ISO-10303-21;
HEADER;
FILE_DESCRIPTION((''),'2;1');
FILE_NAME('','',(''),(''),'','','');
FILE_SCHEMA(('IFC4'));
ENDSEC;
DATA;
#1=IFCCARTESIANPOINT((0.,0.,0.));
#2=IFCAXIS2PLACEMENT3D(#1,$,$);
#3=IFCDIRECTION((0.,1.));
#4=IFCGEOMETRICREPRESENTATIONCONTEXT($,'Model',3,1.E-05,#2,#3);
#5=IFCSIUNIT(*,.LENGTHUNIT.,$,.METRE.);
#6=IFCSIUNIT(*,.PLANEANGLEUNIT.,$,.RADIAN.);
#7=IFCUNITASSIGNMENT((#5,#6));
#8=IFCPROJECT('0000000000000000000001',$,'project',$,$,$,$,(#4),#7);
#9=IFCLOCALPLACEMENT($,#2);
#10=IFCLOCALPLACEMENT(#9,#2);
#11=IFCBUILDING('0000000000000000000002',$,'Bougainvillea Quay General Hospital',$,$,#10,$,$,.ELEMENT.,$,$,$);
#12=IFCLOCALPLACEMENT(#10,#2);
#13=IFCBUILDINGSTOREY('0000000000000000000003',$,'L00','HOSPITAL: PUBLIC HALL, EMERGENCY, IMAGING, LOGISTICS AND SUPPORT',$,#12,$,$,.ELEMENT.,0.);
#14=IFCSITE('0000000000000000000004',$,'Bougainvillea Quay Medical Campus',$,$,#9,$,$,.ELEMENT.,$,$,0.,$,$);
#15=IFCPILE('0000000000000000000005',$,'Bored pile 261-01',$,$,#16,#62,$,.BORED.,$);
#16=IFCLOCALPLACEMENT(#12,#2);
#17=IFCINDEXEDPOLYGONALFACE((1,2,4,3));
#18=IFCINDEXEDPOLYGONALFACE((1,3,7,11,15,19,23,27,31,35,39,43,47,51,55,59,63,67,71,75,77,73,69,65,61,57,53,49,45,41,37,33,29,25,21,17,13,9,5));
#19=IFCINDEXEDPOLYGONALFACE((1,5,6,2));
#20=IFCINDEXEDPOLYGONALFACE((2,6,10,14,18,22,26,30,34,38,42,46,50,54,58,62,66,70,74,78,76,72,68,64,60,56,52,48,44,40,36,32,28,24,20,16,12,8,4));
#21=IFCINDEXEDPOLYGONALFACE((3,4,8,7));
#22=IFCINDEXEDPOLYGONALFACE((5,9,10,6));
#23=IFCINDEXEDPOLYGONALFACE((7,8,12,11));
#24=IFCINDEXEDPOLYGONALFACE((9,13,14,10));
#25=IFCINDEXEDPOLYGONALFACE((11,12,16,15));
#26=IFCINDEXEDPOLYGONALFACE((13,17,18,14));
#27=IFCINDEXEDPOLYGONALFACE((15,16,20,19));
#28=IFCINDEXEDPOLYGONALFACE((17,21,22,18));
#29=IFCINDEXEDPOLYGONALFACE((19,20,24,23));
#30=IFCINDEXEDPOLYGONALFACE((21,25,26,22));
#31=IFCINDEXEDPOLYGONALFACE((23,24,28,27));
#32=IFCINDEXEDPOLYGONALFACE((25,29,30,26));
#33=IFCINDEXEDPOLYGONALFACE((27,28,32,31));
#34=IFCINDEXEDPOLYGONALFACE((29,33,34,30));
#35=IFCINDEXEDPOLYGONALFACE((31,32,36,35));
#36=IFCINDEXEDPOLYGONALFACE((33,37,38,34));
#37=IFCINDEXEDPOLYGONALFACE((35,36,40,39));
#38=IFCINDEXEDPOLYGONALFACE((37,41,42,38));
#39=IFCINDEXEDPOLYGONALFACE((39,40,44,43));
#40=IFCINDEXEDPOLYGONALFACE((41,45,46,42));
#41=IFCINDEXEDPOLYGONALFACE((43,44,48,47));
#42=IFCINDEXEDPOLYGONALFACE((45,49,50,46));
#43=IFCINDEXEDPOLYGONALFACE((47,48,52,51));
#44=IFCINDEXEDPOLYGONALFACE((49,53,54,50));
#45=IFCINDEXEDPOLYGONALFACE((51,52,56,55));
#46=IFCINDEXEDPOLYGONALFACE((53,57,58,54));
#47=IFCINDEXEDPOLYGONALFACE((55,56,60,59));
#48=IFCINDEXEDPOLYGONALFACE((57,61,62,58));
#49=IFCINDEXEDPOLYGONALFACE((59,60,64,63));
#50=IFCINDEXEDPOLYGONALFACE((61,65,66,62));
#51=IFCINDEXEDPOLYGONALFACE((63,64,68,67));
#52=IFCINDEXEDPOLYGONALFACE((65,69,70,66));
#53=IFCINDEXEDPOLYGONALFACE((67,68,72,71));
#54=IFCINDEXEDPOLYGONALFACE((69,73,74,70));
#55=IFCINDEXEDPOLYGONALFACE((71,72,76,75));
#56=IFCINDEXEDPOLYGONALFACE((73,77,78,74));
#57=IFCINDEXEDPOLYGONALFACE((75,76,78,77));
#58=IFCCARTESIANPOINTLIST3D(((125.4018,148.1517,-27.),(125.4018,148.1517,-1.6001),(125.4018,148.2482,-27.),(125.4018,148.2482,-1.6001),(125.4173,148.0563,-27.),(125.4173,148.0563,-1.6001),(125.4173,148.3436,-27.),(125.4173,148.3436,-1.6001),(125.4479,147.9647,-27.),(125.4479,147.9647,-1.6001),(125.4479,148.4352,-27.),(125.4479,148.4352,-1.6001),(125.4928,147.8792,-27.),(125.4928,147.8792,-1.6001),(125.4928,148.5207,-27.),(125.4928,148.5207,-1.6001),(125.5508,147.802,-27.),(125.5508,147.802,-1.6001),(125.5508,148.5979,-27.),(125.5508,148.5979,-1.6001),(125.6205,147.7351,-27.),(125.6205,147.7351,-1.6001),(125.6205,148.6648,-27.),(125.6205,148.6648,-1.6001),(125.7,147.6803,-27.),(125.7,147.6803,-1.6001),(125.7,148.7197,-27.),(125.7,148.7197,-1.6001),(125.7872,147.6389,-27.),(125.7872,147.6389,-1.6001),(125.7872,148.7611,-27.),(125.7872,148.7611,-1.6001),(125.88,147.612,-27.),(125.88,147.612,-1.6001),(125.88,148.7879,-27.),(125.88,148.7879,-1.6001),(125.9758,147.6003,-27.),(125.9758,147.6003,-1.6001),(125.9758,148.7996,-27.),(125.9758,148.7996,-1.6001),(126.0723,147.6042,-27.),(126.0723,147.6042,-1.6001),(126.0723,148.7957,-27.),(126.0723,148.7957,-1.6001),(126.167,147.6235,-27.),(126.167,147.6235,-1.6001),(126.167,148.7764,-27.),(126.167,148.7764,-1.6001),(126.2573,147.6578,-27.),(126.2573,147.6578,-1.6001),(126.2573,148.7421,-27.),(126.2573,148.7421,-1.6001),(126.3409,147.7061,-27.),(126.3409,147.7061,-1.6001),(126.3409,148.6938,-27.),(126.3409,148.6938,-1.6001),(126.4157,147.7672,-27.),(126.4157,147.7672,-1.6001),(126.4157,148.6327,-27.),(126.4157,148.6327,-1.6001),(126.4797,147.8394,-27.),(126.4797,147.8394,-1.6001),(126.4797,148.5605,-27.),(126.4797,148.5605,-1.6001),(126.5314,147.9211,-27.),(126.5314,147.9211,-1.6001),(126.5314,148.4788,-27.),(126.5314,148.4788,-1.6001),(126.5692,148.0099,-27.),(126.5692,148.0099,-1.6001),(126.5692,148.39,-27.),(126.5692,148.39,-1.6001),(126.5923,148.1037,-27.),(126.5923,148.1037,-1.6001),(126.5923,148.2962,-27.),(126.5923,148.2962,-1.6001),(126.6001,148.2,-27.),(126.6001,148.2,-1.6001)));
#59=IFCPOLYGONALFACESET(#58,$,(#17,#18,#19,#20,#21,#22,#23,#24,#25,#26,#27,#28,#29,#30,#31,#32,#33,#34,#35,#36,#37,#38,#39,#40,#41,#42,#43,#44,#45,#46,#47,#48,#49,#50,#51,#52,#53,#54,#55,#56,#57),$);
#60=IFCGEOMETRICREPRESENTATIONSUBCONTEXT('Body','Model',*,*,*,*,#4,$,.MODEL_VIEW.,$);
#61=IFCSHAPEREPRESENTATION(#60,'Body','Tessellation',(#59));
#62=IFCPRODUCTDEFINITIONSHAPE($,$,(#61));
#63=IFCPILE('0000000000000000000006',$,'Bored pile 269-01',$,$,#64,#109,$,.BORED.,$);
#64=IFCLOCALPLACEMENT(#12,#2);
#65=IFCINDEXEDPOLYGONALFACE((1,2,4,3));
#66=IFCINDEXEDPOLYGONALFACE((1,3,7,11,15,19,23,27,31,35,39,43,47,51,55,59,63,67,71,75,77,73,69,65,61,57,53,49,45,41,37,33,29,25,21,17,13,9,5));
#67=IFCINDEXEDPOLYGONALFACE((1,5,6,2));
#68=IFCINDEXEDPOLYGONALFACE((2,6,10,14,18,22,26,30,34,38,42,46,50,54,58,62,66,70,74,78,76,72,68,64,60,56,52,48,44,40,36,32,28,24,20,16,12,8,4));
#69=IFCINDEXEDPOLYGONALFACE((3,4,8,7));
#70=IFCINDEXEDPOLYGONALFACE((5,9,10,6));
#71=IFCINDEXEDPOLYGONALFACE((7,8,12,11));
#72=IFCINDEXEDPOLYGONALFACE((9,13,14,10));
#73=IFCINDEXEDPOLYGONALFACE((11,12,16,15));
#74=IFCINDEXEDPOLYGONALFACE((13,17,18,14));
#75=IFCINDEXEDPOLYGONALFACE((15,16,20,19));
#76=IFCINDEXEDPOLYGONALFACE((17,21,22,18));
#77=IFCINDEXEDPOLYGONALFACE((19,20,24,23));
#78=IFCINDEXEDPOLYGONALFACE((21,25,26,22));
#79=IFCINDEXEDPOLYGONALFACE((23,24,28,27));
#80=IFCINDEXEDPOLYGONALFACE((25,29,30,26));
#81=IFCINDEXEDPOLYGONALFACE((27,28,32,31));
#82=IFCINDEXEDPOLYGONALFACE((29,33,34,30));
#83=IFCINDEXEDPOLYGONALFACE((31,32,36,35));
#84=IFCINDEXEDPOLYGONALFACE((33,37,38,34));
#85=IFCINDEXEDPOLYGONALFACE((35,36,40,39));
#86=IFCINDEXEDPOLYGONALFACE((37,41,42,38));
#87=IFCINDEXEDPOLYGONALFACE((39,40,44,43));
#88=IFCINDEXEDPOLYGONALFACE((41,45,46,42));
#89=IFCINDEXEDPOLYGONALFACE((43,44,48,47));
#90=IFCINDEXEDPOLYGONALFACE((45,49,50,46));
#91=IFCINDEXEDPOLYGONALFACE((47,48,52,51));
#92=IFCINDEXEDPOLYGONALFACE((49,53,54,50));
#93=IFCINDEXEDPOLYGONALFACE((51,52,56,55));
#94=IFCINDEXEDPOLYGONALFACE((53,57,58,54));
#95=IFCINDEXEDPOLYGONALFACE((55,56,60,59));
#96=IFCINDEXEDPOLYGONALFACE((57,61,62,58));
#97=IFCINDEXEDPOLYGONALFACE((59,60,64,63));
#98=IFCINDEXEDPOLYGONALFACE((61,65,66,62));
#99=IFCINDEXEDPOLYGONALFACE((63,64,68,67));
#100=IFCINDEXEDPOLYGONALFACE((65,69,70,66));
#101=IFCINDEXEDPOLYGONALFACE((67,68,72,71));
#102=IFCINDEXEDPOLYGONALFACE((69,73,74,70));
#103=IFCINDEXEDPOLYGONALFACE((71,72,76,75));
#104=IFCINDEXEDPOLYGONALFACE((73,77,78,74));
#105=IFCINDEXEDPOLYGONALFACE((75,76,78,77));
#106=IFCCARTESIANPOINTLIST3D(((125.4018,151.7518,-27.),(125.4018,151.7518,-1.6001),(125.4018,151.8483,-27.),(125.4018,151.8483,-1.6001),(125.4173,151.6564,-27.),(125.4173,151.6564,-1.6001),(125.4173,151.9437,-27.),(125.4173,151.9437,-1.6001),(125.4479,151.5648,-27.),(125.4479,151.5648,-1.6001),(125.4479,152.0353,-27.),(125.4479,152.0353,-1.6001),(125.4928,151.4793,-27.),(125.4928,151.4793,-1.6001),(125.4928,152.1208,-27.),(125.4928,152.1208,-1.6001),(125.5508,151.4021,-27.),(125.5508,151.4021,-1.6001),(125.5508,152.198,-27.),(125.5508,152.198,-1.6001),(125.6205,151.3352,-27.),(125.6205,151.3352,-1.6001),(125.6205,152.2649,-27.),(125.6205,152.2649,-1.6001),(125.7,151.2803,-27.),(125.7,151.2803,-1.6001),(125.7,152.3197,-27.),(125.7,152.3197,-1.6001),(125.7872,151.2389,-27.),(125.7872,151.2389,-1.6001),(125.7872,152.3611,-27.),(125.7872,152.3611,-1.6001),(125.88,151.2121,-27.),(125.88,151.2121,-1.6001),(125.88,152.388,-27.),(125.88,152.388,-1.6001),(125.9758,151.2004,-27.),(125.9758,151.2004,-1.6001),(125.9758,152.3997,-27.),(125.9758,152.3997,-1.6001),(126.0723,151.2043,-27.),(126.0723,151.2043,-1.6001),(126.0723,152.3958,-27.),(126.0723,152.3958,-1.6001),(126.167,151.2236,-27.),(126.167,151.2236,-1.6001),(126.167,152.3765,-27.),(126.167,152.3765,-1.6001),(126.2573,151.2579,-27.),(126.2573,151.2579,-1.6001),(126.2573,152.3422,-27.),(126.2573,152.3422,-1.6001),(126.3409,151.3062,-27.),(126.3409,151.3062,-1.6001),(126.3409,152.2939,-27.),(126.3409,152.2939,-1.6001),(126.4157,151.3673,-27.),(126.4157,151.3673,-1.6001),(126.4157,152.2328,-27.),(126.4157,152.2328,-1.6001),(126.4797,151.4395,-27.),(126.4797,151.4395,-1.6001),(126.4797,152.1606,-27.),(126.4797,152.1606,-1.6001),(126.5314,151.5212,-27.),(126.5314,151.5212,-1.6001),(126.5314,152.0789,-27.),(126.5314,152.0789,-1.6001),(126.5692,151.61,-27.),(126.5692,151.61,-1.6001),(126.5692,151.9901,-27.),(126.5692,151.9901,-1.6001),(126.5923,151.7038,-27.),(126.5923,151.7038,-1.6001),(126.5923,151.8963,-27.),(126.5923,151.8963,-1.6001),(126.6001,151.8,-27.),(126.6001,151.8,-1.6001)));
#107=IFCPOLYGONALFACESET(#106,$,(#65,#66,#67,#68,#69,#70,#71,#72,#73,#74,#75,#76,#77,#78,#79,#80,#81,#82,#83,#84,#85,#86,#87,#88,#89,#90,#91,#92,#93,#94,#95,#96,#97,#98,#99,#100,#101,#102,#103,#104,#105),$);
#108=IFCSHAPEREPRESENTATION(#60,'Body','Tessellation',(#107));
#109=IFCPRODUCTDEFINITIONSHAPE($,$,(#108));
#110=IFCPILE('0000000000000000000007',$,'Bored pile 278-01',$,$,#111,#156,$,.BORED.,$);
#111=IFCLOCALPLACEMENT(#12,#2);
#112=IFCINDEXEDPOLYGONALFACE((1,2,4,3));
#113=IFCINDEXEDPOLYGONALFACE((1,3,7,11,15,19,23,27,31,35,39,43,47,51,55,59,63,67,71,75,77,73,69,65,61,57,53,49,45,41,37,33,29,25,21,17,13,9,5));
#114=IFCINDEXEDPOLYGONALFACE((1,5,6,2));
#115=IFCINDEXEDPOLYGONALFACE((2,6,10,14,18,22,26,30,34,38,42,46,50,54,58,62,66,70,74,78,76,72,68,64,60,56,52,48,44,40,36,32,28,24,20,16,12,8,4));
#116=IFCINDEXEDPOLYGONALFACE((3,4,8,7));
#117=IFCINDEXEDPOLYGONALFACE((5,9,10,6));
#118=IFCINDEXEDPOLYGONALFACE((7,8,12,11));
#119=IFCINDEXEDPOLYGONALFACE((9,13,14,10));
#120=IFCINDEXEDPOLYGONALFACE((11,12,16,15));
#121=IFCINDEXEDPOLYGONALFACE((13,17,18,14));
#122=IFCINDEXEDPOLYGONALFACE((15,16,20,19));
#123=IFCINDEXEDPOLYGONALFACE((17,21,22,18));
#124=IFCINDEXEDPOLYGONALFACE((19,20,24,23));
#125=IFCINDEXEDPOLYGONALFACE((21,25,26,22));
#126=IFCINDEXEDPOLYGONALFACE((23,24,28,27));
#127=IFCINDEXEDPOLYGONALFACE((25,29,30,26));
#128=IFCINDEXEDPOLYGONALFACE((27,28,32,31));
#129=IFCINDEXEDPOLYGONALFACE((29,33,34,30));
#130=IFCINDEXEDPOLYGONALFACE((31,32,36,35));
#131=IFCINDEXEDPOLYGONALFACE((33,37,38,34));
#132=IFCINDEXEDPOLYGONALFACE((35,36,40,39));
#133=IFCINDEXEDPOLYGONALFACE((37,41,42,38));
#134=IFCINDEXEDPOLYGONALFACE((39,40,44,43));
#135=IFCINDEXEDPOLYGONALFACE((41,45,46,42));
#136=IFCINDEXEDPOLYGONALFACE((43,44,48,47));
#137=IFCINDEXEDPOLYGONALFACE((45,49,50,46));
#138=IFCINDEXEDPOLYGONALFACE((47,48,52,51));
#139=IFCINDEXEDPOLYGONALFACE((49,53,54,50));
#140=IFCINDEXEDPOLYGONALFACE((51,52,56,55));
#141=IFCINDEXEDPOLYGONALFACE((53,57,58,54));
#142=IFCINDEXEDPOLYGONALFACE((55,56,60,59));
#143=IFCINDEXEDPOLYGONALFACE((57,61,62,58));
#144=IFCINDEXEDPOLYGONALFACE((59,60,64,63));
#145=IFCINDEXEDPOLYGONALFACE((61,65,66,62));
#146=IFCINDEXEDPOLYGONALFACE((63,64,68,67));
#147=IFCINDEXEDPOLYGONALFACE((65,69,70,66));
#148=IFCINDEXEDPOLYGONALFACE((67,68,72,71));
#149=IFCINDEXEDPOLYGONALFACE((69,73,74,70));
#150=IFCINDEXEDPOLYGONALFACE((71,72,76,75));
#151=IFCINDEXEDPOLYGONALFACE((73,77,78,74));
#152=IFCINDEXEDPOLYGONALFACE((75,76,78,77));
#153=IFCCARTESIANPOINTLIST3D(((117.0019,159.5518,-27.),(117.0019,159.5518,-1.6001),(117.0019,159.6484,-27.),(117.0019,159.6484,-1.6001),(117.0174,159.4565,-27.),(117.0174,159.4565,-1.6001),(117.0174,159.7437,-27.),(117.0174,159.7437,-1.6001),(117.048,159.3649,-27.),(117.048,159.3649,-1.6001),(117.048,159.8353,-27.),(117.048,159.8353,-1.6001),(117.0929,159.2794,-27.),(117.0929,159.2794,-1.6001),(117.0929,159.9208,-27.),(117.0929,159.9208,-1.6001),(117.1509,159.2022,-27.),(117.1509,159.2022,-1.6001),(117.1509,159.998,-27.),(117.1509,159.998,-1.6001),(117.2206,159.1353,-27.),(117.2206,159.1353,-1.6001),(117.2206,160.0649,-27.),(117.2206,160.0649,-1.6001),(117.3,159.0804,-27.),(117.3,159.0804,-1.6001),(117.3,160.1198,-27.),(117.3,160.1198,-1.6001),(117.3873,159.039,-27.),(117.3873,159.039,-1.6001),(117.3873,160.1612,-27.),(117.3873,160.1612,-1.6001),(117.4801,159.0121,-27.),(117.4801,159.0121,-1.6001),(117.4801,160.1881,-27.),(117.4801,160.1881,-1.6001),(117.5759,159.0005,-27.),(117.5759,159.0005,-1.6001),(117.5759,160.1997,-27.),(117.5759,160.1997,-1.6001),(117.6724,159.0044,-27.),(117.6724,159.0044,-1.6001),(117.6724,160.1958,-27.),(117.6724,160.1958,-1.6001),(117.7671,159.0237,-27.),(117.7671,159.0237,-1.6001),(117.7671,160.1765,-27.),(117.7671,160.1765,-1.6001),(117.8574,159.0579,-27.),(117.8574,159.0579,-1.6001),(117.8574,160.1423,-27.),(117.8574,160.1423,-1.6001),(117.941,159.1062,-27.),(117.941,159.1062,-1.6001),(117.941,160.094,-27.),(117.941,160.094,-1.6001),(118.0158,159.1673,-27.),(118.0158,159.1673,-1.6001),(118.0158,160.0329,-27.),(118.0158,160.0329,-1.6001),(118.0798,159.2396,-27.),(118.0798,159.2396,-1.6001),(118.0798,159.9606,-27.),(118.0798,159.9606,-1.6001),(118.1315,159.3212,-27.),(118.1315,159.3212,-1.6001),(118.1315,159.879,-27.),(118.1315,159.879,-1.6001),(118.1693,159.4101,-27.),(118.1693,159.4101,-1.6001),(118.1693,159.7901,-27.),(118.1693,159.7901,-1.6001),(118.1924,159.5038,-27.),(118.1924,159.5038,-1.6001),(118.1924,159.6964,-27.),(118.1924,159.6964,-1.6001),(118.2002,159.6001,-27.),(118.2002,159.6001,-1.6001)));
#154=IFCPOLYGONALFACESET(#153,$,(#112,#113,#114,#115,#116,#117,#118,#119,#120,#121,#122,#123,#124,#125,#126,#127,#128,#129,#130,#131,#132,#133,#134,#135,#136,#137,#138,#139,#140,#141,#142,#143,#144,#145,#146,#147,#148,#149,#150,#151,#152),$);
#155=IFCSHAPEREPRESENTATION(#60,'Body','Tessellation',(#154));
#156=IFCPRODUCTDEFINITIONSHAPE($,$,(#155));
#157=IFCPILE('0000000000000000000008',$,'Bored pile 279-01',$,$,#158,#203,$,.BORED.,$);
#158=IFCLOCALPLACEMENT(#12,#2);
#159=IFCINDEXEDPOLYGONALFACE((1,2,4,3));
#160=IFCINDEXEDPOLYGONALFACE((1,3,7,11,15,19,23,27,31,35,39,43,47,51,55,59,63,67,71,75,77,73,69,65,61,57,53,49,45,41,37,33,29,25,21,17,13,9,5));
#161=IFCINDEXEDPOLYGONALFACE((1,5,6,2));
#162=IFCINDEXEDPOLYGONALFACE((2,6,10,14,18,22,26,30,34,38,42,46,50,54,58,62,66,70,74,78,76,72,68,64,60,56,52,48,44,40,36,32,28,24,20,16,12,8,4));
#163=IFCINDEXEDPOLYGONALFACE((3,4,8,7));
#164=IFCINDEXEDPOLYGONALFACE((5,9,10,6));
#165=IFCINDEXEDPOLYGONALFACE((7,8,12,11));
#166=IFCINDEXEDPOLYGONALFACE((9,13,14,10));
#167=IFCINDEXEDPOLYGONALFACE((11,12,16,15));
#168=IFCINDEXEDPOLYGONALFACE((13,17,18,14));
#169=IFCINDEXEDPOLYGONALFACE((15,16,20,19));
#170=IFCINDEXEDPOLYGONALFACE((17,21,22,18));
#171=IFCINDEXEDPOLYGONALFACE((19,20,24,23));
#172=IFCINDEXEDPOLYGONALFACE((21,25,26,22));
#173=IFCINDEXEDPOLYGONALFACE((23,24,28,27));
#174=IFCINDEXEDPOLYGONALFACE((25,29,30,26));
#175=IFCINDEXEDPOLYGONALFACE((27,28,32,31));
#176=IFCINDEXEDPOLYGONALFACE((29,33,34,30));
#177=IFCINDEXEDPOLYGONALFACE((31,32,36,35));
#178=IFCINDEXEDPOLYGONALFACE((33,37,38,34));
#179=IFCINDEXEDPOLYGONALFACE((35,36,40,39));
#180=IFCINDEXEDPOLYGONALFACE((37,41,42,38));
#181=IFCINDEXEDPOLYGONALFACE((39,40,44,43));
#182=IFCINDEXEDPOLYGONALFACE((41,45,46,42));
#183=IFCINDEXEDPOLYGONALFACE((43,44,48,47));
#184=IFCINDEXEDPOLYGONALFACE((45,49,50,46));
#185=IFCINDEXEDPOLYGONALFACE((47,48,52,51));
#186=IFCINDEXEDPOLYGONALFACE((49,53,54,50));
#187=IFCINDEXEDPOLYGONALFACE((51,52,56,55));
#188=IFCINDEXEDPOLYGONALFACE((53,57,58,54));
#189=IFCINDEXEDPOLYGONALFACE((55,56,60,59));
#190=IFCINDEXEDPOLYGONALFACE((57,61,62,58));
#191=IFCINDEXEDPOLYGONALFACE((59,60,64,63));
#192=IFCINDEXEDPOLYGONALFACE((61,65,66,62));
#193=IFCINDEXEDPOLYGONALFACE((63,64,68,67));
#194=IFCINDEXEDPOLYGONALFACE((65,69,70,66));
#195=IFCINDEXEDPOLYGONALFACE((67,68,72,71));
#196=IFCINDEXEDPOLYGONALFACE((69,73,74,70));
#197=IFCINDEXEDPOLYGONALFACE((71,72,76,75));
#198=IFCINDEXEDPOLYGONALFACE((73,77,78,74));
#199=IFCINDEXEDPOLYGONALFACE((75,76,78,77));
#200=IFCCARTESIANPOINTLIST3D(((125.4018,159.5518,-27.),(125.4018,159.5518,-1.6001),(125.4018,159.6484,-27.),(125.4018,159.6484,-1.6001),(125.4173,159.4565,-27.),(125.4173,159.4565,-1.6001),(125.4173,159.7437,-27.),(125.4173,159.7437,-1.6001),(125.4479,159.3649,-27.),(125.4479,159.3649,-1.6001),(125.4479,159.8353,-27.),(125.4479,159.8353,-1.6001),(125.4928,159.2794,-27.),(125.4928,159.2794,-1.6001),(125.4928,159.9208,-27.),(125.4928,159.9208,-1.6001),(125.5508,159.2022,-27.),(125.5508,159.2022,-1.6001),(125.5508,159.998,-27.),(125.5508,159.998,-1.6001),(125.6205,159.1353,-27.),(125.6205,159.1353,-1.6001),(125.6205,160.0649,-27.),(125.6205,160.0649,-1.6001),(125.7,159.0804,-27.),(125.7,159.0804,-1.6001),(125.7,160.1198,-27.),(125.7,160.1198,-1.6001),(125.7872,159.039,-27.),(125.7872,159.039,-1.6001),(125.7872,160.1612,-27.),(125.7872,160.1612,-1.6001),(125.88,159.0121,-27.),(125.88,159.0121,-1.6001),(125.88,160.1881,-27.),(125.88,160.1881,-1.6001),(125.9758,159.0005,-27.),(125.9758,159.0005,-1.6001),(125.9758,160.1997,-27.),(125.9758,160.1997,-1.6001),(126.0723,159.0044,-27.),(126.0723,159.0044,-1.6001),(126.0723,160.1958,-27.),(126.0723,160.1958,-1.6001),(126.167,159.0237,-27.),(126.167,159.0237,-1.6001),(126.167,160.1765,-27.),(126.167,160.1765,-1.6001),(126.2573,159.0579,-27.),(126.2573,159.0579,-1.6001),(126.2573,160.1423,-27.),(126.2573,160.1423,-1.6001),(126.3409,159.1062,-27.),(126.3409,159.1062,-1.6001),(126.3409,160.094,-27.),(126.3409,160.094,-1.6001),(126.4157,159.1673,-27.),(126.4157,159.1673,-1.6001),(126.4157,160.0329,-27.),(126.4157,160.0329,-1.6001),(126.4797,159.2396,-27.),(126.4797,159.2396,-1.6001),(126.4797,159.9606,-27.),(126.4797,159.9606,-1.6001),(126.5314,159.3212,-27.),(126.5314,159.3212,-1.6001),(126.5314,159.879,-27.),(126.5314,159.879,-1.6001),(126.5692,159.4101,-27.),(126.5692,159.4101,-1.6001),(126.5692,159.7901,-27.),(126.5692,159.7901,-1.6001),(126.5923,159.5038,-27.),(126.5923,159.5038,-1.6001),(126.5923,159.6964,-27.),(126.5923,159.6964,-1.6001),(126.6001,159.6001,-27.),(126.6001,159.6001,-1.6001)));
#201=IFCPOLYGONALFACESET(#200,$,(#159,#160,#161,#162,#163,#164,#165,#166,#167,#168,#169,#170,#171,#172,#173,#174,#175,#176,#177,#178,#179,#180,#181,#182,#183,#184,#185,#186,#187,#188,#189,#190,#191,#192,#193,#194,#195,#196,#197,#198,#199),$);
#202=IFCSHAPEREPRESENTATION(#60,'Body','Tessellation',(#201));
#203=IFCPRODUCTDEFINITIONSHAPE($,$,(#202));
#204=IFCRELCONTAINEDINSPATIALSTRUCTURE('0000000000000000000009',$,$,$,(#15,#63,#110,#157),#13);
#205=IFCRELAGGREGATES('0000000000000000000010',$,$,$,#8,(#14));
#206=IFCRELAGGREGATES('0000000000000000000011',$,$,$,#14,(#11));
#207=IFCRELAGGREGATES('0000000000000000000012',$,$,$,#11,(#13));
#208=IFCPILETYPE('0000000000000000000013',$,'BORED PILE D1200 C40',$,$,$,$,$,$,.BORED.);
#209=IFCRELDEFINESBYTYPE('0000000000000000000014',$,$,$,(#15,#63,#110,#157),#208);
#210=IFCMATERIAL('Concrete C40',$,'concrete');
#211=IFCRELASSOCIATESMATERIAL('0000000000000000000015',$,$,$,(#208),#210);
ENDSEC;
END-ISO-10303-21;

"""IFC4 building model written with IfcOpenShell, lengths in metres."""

from ifc_helpers import new_model, si_unit, direction, frame, origin, origin_2d, place, context, subcontext, project, spatial, circle, extrude, material, material_profile, profile_set, type_object, element, save


model = new_model("IFC4")

# Units and contexts
model_context = context("Model", 3, precision=1e-05, world=origin(), true_north=direction((0.0, 1.0)))
body_context = subcontext(model_context, "Body", "Model", "MODEL_VIEW")
ifc_project = project(units=[si_unit("LENGTHUNIT", "METRE"), si_unit("PLANEANGLEUNIT", "RADIAN")], contexts=[model_context])

# Site, building, storey
site_placement = place(None, origin())
site = spatial("IfcSite", under=ifc_project, at=site_placement, Name="Bougainvillea Quay Medical Campus", CompositionType="ELEMENT", RefElevation=0.0)
building_placement = place(site_placement, origin())
building = spatial("IfcBuilding", under=site, at=building_placement, Name="Bougainvillea Quay General Hospital", CompositionType="ELEMENT")
storey_placement = place(building_placement, origin())
storey = spatial("IfcBuildingStorey", under=building, at=storey_placement, Name="L00", Description="HOSPITAL: PUBLIC HALL, EMERGENCY, IMAGING, LOGISTICS AND SUPPORT", CompositionType="ELEMENT", Elevation=0.0)

# Piles
ifc_material_1 = material(Name="Concrete C40", Category="concrete")
ifc_material_profile_1 = material_profile(ifc_material_1, circle(Radius=0.6001, at=origin_2d()))
ifc_profile_set_1 = profile_set([ifc_material_profile_1], Name="Concrete C40")
pile_type = type_object("IfcPileType", Name="BORED PILE D1200 C40", PredefinedType="BORED", material=ifc_profile_set_1)
for number, where, z_axis, x_axis, name in (
    (1, (126.0, 148.2, -1.6001), (0.0, 0.0, -1.0), (1.0, 0.0, 0.0), "Bored pile 261-01"),
    (2, (126.0, 151.8, -1.6001), (0.0, 0.0, -1.0), (1.0, 0.0, 0.0), "Bored pile 269-01"),
    (3, (117.6001, 159.6001, -1.6001), (0.0, 0.0, -1.0), (1.0, 0.0, 0.0), "Bored pile 278-01"),
    (4, (126.0, 159.6001, -1.6001), (0.0, 0.0, -1.0), (1.0, 0.0, 0.0), "Bored pile 279-01"),
):
    element("IfcPile", number, at=place(storey_placement, frame(where, z_axis=z_axis, x_axis=x_axis)), inside=storey, type_object=pile_type, Name=name, PredefinedType="BORED", context=body_context, shape_type="SweptSolid", body=[
        extrude(circle(Radius=0.6001, at=origin_2d()), origin(), (0.0, 0.0, 1.0), 25.3999),
    ])

save(model, "model.ifc")
